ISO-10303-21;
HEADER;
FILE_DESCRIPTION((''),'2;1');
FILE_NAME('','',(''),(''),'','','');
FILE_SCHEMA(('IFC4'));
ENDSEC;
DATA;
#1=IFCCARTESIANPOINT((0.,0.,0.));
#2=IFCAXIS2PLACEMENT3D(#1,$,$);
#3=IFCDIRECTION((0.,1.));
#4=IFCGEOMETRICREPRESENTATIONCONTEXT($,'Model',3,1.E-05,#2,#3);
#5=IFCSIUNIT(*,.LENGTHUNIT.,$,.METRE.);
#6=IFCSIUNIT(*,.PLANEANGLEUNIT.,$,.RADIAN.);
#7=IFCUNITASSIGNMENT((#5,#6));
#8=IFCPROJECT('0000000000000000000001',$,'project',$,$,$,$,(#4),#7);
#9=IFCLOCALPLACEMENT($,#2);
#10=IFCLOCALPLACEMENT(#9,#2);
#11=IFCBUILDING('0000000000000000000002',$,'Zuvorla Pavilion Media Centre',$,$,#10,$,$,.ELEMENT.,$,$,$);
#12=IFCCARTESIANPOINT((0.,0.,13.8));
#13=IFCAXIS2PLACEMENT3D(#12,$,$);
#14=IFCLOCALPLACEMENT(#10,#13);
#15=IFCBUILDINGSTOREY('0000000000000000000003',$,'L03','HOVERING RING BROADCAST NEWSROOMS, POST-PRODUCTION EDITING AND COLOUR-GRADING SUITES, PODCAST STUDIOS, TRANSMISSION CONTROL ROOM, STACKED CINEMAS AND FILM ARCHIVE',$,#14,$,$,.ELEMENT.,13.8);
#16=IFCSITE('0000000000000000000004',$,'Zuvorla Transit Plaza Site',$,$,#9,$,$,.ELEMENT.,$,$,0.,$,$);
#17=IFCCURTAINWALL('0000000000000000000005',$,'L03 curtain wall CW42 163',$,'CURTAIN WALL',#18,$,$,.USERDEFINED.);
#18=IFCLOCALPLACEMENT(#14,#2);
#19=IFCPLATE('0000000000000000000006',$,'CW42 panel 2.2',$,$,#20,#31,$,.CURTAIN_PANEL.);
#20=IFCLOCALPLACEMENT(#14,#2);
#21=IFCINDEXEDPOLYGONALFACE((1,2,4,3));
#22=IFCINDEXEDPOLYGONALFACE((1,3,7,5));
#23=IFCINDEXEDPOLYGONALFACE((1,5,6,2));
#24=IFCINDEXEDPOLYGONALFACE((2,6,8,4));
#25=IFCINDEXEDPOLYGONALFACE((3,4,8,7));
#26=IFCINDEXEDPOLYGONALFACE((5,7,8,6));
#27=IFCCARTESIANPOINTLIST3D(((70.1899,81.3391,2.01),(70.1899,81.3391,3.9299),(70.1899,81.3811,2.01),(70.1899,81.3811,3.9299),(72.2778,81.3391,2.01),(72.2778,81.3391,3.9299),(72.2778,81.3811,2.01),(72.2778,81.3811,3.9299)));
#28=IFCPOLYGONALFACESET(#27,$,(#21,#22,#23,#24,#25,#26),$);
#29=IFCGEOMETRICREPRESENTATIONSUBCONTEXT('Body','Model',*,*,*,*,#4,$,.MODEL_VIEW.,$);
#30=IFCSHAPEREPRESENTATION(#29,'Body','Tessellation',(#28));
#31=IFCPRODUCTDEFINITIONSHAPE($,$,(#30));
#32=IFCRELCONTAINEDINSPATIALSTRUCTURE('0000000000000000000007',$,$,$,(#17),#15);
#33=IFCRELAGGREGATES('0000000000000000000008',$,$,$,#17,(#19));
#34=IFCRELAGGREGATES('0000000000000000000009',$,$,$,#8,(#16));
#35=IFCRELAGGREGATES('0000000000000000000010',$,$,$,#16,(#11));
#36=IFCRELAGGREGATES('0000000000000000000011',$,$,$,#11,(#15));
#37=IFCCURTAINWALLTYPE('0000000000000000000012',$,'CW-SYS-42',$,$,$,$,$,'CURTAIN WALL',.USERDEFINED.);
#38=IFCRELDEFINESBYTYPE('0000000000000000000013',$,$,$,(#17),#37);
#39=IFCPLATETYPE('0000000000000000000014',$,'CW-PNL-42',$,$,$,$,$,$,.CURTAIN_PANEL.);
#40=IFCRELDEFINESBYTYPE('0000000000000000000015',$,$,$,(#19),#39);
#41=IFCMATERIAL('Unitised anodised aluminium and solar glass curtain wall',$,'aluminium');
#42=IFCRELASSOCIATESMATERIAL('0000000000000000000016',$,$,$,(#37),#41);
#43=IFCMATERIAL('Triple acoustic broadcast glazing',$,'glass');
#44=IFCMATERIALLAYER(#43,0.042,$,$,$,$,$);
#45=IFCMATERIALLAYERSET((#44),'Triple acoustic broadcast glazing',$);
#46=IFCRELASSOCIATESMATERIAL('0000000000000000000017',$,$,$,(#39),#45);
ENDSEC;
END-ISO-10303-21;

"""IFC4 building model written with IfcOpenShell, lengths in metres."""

from ifc_helpers import new_model, si_unit, direction, frame, origin, origin_2d, place, context, subcontext, project, spatial, rectangle, extrude, material, layer, layer_set, type_object, element, aggregate, save


model = new_model("IFC4")

# Units and contexts
model_context = context("Model", 3, precision=1e-05, world=origin(), true_north=direction((0.0, 1.0)))
body_context = subcontext(model_context, "Body", "Model", "MODEL_VIEW")
ifc_project = project(units=[si_unit("LENGTHUNIT", "METRE"), si_unit("PLANEANGLEUNIT", "RADIAN")], contexts=[model_context])

# Site, building, storey
site_placement = place(None, origin())
site = spatial("IfcSite", under=ifc_project, at=site_placement, Name="Zuvorla Transit Plaza Site", CompositionType="ELEMENT", RefElevation=0.0)
building_placement = place(site_placement, origin())
building = spatial("IfcBuilding", under=site, at=building_placement, Name="Zuvorla Pavilion Media Centre", CompositionType="ELEMENT")
storey_placement = place(building_placement, frame((0.0, 0.0, 13.8)))
storey = spatial("IfcBuildingStorey", under=building, at=storey_placement, Name="L03", Description="HOVERING RING BROADCAST NEWSROOMS, POST-PRODUCTION EDITING AND COLOUR-GRADING SUITES, PODCAST STUDIOS, TRANSMISSION CONTROL ROOM, STACKED CINEMAS AND FILM ARCHIVE", CompositionType="ELEMENT", Elevation=13.8)

# Curtain wall
ifc_material_1 = material(Name="Unitised anodised aluminium and solar glass curtain wall", Category="aluminium")
curtain_wall_type_1 = type_object("IfcCurtainWallType", Name="CW-SYS-42", ElementType="CURTAIN WALL", PredefinedType="USERDEFINED", material=ifc_material_1)
curtain_wall_1_placement = place(storey_placement, origin())
curtain_wall_1 = element("IfcCurtainWall", 1, at=curtain_wall_1_placement, inside=storey, type_object=curtain_wall_type_1, Name="L03 curtain wall CW42 163", ObjectType="CURTAIN WALL", PredefinedType="USERDEFINED")

# Plate
ifc_material_2 = material(Name="Triple acoustic broadcast glazing", Category="glass")
ifc_layer_1 = layer(ifc_material_2, 0.042)
ifc_layer_set_1 = layer_set([ifc_layer_1], Name="Triple acoustic broadcast glazing")
plate_type_1 = type_object("IfcPlateType", Name="CW-PNL-42", PredefinedType="CURTAIN_PANEL", material=ifc_layer_set_1)
plate_1_placement = place(storey_placement, frame((71.2339, 81.3601, 2.01), z_axis=(0.0, 0.0, 1.0), x_axis=(-1.0, 0.0, 0.0)))
plate_1 = element("IfcPlate", 2, at=plate_1_placement, type_object=plate_type_1, Name="CW42 panel 2.2", PredefinedType="CURTAIN_PANEL", context=body_context, shape_type="SweptSolid", body=[
    extrude(rectangle(XDim=2.0879, YDim=0.042, at=origin_2d()), origin(), (0.0, 0.0, 1.0), 1.9199),
])
aggregate(curtain_wall_1, [plate_1])

save(model, "model.ifc")
